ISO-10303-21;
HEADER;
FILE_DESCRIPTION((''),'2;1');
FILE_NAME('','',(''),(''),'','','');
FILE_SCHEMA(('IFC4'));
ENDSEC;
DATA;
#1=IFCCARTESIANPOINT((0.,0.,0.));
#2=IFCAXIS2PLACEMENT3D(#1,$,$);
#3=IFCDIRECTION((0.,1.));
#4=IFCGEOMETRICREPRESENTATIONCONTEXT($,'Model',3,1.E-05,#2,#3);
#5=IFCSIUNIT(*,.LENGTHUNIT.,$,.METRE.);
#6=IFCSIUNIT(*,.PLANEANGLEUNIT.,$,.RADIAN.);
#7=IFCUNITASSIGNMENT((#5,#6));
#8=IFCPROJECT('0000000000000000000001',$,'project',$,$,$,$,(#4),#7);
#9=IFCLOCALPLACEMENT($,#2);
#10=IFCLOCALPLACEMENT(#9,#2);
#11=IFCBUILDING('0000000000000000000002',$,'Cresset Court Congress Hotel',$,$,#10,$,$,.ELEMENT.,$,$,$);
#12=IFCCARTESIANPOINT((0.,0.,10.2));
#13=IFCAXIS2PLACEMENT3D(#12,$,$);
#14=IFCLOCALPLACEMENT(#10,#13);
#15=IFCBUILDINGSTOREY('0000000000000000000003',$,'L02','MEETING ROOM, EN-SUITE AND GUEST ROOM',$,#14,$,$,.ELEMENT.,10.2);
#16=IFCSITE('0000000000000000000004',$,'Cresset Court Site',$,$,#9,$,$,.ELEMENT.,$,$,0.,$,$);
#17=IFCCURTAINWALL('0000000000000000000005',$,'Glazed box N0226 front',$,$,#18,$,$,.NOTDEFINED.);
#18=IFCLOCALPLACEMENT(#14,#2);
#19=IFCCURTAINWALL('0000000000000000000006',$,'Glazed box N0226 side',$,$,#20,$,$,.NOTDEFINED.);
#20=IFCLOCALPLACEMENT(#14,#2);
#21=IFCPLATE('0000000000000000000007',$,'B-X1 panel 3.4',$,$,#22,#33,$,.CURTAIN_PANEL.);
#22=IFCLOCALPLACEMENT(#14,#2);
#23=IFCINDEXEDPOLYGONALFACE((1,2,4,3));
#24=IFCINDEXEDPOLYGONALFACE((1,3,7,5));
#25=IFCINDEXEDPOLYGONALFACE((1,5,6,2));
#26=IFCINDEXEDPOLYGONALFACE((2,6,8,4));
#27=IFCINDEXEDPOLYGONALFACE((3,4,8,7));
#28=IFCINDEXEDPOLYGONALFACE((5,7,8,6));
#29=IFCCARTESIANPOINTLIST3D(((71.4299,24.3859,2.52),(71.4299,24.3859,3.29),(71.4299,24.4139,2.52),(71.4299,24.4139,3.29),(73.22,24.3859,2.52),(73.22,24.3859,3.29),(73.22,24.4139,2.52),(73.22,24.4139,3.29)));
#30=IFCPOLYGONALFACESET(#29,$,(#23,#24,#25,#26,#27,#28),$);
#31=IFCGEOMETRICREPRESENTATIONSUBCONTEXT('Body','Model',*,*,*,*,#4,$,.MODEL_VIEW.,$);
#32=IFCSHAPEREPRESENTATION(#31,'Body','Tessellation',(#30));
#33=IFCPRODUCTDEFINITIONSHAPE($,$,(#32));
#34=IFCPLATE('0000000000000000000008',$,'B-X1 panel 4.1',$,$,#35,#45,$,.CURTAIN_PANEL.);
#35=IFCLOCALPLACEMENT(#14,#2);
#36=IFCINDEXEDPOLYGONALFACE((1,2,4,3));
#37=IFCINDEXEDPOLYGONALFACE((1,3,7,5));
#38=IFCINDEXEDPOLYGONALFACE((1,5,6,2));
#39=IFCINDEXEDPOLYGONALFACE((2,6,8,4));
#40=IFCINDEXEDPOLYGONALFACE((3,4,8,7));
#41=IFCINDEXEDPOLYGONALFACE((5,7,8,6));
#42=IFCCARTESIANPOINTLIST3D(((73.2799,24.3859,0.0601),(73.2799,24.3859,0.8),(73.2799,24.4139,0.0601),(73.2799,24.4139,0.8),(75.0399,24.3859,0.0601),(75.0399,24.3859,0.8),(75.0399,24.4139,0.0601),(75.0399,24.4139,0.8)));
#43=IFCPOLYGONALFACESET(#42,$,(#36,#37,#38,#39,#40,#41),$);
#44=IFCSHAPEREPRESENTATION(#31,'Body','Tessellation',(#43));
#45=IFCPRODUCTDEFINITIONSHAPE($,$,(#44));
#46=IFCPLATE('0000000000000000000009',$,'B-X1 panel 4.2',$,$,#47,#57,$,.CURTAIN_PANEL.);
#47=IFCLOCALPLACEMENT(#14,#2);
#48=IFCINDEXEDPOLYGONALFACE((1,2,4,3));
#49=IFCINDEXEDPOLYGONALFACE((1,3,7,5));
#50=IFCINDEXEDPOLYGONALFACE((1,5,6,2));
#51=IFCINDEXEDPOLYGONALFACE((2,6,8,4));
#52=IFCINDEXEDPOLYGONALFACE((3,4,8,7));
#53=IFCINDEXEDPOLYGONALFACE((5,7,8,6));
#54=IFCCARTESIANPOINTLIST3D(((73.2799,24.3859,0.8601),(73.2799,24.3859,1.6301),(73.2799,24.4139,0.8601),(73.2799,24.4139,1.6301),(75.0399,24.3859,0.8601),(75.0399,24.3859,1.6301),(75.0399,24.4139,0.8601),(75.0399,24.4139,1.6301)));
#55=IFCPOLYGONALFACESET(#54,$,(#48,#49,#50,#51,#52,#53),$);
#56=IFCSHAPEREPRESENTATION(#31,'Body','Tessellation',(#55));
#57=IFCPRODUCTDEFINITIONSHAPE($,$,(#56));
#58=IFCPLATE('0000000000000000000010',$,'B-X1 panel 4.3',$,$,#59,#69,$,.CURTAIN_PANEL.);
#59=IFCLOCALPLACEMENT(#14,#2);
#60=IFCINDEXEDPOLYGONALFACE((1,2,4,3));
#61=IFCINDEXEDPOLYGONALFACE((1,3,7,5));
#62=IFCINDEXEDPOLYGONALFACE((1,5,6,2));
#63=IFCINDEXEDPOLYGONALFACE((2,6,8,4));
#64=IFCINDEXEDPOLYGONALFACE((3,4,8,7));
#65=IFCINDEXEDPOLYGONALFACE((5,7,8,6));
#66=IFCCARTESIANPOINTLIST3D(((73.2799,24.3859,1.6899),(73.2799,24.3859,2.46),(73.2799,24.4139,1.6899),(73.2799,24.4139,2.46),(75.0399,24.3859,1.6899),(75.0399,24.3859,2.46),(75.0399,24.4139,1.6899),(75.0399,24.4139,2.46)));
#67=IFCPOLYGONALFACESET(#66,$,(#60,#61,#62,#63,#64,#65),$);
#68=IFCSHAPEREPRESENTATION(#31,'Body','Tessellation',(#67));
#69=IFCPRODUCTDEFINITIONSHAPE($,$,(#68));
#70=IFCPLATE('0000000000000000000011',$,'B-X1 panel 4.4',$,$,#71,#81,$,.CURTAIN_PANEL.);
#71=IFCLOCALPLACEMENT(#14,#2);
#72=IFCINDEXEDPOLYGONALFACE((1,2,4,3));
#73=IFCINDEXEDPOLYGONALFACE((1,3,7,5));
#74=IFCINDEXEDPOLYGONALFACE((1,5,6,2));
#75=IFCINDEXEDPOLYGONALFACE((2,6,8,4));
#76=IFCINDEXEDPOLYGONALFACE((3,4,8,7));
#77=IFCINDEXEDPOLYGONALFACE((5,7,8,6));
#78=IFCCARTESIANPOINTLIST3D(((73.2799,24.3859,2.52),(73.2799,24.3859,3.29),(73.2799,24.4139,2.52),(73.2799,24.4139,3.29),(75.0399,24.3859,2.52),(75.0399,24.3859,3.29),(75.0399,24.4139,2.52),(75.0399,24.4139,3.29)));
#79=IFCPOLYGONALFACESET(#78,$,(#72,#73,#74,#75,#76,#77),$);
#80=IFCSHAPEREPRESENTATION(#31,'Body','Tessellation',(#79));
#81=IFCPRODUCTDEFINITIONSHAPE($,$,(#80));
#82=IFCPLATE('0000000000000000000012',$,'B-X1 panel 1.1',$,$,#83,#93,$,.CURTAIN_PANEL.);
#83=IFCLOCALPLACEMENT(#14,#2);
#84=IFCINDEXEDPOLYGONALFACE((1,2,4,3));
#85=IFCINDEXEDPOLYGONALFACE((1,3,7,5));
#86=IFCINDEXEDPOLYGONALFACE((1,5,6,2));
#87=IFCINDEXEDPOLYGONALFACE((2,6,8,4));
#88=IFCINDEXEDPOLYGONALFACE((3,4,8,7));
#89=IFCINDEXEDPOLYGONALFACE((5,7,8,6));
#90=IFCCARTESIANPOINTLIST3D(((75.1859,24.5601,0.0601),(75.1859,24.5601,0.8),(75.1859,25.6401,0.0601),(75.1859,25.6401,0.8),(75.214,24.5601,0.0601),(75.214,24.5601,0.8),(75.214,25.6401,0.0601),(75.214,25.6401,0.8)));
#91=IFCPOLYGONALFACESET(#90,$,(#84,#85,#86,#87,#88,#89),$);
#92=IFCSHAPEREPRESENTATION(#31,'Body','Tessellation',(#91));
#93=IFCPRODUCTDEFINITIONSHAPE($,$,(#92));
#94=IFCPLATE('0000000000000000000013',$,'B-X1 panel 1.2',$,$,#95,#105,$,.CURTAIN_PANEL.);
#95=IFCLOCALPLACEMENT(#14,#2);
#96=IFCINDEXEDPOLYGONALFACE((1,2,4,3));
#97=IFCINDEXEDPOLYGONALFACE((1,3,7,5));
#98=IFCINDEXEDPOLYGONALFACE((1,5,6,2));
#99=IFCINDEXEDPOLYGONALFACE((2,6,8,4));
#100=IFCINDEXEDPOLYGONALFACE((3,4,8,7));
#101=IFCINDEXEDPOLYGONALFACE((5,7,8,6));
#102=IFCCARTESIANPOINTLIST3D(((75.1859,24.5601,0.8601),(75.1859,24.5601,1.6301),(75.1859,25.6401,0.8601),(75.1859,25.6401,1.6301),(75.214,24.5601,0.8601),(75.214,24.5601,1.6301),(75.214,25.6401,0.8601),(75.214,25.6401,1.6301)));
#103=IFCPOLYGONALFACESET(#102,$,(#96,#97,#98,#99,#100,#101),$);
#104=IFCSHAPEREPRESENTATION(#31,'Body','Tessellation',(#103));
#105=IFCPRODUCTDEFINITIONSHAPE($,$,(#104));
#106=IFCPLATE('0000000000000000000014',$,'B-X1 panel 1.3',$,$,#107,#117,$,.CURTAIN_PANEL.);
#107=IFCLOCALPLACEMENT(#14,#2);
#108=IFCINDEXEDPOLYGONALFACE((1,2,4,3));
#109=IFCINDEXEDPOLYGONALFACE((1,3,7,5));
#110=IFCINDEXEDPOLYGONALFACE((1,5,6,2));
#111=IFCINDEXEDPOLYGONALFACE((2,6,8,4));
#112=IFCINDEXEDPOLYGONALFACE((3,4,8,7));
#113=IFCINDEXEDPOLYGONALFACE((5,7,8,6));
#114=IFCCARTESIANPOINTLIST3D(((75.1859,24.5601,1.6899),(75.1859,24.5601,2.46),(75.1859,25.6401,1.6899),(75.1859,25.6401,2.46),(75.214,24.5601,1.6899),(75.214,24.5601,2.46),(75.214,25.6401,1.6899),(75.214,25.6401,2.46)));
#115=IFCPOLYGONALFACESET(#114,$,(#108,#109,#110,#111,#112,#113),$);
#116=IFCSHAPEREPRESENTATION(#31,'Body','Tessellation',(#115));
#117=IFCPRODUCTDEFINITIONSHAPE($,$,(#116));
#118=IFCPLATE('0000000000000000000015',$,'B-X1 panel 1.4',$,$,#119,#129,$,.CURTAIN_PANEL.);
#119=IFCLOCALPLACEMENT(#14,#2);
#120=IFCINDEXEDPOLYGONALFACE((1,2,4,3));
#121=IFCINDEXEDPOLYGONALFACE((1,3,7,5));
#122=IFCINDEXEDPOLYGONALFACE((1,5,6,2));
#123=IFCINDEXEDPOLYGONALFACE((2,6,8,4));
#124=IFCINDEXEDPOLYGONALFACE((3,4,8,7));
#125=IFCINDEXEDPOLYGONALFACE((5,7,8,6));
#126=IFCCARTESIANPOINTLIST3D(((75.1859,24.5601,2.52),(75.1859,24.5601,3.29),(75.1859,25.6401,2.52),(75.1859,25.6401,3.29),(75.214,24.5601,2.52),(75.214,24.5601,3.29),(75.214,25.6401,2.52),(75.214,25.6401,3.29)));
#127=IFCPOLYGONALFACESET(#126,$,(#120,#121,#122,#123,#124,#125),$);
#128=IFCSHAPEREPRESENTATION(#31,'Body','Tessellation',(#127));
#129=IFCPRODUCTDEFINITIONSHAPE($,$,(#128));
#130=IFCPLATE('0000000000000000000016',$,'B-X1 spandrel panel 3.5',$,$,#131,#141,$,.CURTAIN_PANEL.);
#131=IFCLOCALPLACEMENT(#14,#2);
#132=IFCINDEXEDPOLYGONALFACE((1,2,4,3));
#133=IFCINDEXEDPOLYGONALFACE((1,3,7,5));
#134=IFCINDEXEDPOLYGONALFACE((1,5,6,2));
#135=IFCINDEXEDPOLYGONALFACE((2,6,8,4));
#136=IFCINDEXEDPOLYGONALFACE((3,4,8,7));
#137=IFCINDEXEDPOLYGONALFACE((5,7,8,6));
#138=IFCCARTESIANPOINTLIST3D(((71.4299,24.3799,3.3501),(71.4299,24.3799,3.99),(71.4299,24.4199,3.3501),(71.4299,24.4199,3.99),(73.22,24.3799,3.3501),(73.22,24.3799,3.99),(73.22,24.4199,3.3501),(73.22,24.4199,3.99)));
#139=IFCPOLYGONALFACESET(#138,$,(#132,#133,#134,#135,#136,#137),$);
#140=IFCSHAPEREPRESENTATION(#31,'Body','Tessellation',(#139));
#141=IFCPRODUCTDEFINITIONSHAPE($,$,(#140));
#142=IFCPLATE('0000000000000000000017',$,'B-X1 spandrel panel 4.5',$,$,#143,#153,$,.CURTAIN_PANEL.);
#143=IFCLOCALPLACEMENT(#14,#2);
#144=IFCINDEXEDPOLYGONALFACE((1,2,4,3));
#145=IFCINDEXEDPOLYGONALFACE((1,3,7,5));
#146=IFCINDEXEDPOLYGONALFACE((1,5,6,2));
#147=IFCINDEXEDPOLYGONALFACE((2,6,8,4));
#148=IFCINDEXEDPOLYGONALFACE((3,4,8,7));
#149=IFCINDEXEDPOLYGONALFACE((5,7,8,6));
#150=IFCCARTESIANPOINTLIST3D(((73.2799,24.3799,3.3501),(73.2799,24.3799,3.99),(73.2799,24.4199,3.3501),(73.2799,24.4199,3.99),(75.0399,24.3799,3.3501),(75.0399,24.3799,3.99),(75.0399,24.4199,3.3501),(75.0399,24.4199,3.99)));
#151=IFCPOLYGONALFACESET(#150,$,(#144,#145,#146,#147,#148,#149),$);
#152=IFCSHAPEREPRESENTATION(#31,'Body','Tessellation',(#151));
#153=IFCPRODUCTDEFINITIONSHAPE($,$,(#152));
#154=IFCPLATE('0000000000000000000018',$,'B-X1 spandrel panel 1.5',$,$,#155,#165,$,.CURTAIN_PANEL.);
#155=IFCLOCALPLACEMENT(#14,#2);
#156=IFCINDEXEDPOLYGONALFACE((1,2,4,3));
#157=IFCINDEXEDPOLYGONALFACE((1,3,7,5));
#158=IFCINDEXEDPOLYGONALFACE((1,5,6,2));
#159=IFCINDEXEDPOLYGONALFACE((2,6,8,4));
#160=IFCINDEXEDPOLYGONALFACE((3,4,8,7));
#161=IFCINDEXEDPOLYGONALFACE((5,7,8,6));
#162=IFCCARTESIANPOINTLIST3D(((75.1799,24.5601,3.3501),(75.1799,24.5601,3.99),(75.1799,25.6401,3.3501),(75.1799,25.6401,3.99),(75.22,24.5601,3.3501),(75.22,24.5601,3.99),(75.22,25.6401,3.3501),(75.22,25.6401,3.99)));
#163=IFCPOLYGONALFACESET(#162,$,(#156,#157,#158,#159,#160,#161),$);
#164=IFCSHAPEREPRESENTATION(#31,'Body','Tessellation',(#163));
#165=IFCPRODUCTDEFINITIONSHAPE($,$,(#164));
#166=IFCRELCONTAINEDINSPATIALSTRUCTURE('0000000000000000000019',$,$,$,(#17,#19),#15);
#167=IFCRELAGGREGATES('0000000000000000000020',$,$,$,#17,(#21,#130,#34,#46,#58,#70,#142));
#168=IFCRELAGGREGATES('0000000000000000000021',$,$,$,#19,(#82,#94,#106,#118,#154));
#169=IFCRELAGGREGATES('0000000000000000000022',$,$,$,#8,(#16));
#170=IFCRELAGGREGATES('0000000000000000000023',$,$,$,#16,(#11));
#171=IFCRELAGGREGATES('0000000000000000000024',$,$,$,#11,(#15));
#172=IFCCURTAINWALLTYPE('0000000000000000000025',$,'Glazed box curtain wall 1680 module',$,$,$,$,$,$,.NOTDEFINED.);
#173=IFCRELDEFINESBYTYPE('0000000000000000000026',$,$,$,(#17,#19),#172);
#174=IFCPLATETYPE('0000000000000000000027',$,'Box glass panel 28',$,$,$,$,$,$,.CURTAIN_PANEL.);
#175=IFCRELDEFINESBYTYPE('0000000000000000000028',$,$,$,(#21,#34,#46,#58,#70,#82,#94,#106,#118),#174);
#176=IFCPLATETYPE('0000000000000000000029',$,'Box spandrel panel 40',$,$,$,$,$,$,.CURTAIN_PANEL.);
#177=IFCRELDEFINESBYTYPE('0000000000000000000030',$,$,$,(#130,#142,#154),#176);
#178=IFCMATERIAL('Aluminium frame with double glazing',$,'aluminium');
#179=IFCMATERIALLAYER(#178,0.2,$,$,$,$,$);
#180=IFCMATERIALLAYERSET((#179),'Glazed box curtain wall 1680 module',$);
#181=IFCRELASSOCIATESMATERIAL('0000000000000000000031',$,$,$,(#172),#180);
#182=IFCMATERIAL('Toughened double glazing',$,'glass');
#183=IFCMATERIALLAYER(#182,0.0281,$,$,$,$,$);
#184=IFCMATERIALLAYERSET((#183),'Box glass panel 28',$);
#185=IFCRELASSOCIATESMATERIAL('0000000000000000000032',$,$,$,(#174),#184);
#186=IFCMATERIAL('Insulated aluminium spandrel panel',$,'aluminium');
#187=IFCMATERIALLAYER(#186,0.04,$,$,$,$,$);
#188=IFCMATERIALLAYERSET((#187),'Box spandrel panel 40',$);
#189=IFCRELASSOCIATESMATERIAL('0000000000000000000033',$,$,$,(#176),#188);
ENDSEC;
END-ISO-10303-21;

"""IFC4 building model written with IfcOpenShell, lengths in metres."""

from ifc_helpers import new_model, si_unit, direction, frame, origin, origin_2d, place, context, subcontext, project, spatial, rectangle, extrude, material, layer, layer_set, type_object, element, aggregate, save


model = new_model("IFC4")

# Units and contexts
model_context = context("Model", 3, precision=1e-05, world=origin(), true_north=direction((0.0, 1.0)))
body_context = subcontext(model_context, "Body", "Model", "MODEL_VIEW")
ifc_project = project(units=[si_unit("LENGTHUNIT", "METRE"), si_unit("PLANEANGLEUNIT", "RADIAN")], contexts=[model_context])

# Site, building, storey
site_placement = place(None, origin())
site = spatial("IfcSite", under=ifc_project, at=site_placement, Name="Cresset Court Site", CompositionType="ELEMENT", RefElevation=0.0)
building_placement = place(site_placement, origin())
building = spatial("IfcBuilding", under=site, at=building_placement, Name="Cresset Court Congress Hotel", CompositionType="ELEMENT")
storey_placement = place(building_placement, frame((0.0, 0.0, 10.2)))
storey = spatial("IfcBuildingStorey", under=building, at=storey_placement, Name="L02", Description="MEETING ROOM, EN-SUITE AND GUEST ROOM", CompositionType="ELEMENT", Elevation=10.2)

# Curtain wall
ifc_material_1 = material(Name="Aluminium frame with double glazing", Category="aluminium")
ifc_layer_1 = layer(ifc_material_1, 0.2)
ifc_layer_set_1 = layer_set([ifc_layer_1], Name="Glazed box curtain wall 1680 module")
curtain_wall_type = type_object("IfcCurtainWallType", Name="Glazed box curtain wall 1680 module", PredefinedType="NOTDEFINED", material=ifc_layer_set_1)
curtain_wall_1_placement = place(storey_placement, origin())
curtain_wall_1 = element("IfcCurtainWall", 1, at=curtain_wall_1_placement, inside=storey, type_object=curtain_wall_type, Name="Glazed box N0226 front", PredefinedType="NOTDEFINED")

# Curtain wall
curtain_wall_2_placement = place(storey_placement, origin())
curtain_wall_2 = element("IfcCurtainWall", 2, at=curtain_wall_2_placement, inside=storey, type_object=curtain_wall_type, Name="Glazed box N0226 side", PredefinedType="NOTDEFINED")

# Plates
ifc_material_2 = material(Name="Toughened double glazing", Category="glass")
ifc_layer_2 = layer(ifc_material_2, 0.0281)
ifc_layer_set_2 = layer_set([ifc_layer_2], Name="Box glass panel 28")
plate_type_1 = type_object("IfcPlateType", Name="Box glass panel 28", PredefinedType="CURTAIN_PANEL", material=ifc_layer_set_2)
plate_1_placement = place(storey_placement, frame((72.325, 24.3999, 2.52), z_axis=(0.0, 0.0, 1.0), x_axis=(1.0, 0.0, 0.0)))
plate_1 = element("IfcPlate", 3, at=plate_1_placement, type_object=plate_type_1, Name="B-X1 panel 3.4", PredefinedType="CURTAIN_PANEL", context=body_context, shape_type="SweptSolid", body=[
    extrude(rectangle(XDim=1.79, YDim=0.0281, at=origin_2d()), origin(), (0.0, 0.0, 1.0), 0.77),
])
plate_2_placement = place(storey_placement, frame((74.1599, 24.3999, 0.0601), z_axis=(0.0, 0.0, 1.0), x_axis=(1.0, 0.0, 0.0)))
plate_2 = element("IfcPlate", 4, at=plate_2_placement, type_object=plate_type_1, Name="B-X1 panel 4.1", PredefinedType="CURTAIN_PANEL", context=body_context, shape_type="SweptSolid", body=[
    extrude(rectangle(XDim=1.76, YDim=0.0281, at=origin_2d()), origin(), (0.0, 0.0, 1.0), 0.74),
])
plate_3_placement = place(storey_placement, frame((74.1599, 24.3999, 0.8601), z_axis=(0.0, 0.0, 1.0), x_axis=(1.0, 0.0, 0.0)))
plate_3 = element("IfcPlate", 5, at=plate_3_placement, type_object=plate_type_1, Name="B-X1 panel 4.2", PredefinedType="CURTAIN_PANEL", context=body_context, shape_type="SweptSolid", body=[
    extrude(rectangle(XDim=1.76, YDim=0.0281, at=origin_2d()), origin(), (0.0, 0.0, 1.0), 0.77),
])
plate_4_placement = place(storey_placement, frame((74.1599, 24.3999, 1.6899), z_axis=(0.0, 0.0, 1.0), x_axis=(1.0, 0.0, 0.0)))
plate_4 = element("IfcPlate", 6, at=plate_4_placement, type_object=plate_type_1, Name="B-X1 panel 4.3", PredefinedType="CURTAIN_PANEL", context=body_context, shape_type="SweptSolid", body=[
    extrude(rectangle(XDim=1.76, YDim=0.0281, at=origin_2d()), origin(), (0.0, 0.0, 1.0), 0.77),
])
plate_5_placement = place(storey_placement, frame((74.1599, 24.3999, 2.52), z_axis=(0.0, 0.0, 1.0), x_axis=(1.0, 0.0, 0.0)))
plate_5 = element("IfcPlate", 7, at=plate_5_placement, type_object=plate_type_1, Name="B-X1 panel 4.4", PredefinedType="CURTAIN_PANEL", context=body_context, shape_type="SweptSolid", body=[
    extrude(rectangle(XDim=1.76, YDim=0.0281, at=origin_2d()), origin(), (0.0, 0.0, 1.0), 0.77),
])
plate_6_placement = place(storey_placement, frame((75.2, 25.1001, 0.0601), z_axis=(0.0, 0.0, 1.0), x_axis=(0.0, -1.0, 0.0)))
plate_6 = element("IfcPlate", 8, at=plate_6_placement, type_object=plate_type_1, Name="B-X1 panel 1.1", PredefinedType="CURTAIN_PANEL", context=body_context, shape_type="SweptSolid", body=[
    extrude(rectangle(XDim=1.0801, YDim=0.0281, at=origin_2d()), origin(), (0.0, 0.0, 1.0), 0.74),
])
plate_7_placement = place(storey_placement, frame((75.2, 25.1001, 0.8601), z_axis=(0.0, 0.0, 1.0), x_axis=(0.0, -1.0, 0.0)))
plate_7 = element("IfcPlate", 9, at=plate_7_placement, type_object=plate_type_1, Name="B-X1 panel 1.2", PredefinedType="CURTAIN_PANEL", context=body_context, shape_type="SweptSolid", body=[
    extrude(rectangle(XDim=1.0801, YDim=0.0281, at=origin_2d()), origin(), (0.0, 0.0, 1.0), 0.77),
])
plate_8_placement = place(storey_placement, frame((75.2, 25.1001, 1.6899), z_axis=(0.0, 0.0, 1.0), x_axis=(0.0, -1.0, 0.0)))
plate_8 = element("IfcPlate", 10, at=plate_8_placement, type_object=plate_type_1, Name="B-X1 panel 1.3", PredefinedType="CURTAIN_PANEL", context=body_context, shape_type="SweptSolid", body=[
    extrude(rectangle(XDim=1.0801, YDim=0.0281, at=origin_2d()), origin(), (0.0, 0.0, 1.0), 0.77),
])
plate_9_placement = place(storey_placement, frame((75.2, 25.1001, 2.52), z_axis=(0.0, 0.0, 1.0), x_axis=(0.0, -1.0, 0.0)))
plate_9 = element("IfcPlate", 11, at=plate_9_placement, type_object=plate_type_1, Name="B-X1 panel 1.4", PredefinedType="CURTAIN_PANEL", context=body_context, shape_type="SweptSolid", body=[
    extrude(rectangle(XDim=1.0801, YDim=0.0281, at=origin_2d()), origin(), (0.0, 0.0, 1.0), 0.77),
])
ifc_material_3 = material(Name="Insulated aluminium spandrel panel", Category="aluminium")
ifc_layer_3 = layer(ifc_material_3, 0.04)
ifc_layer_set_3 = layer_set([ifc_layer_3], Name="Box spandrel panel 40")
plate_type_2 = type_object("IfcPlateType", Name="Box spandrel panel 40", PredefinedType="CURTAIN_PANEL", material=ifc_layer_set_3)
plate_10_placement = place(storey_placement, frame((72.325, 24.3999, 3.3501), z_axis=(0.0, 0.0, 1.0), x_axis=(1.0, 0.0, 0.0)))
plate_10 = element("IfcPlate", 12, at=plate_10_placement, type_object=plate_type_2, Name="B-X1 spandrel panel 3.5", PredefinedType="CURTAIN_PANEL", context=body_context, shape_type="SweptSolid", body=[
    extrude(rectangle(XDim=1.79, YDim=0.04, at=origin_2d()), origin(), (0.0, 0.0, 1.0), 0.6399),
])
plate_11_placement = place(storey_placement, frame((74.1599, 24.3999, 3.3501), z_axis=(0.0, 0.0, 1.0), x_axis=(1.0, 0.0, 0.0)))
plate_11 = element("IfcPlate", 13, at=plate_11_placement, type_object=plate_type_2, Name="B-X1 spandrel panel 4.5", PredefinedType="CURTAIN_PANEL", context=body_context, shape_type="SweptSolid", body=[
    extrude(rectangle(XDim=1.76, YDim=0.04, at=origin_2d()), origin(), (0.0, 0.0, 1.0), 0.6399),
])
aggregate(curtain_wall_1, [plate_1, plate_10, plate_2, plate_3, plate_4, plate_5, plate_11])
plate_12_placement = place(storey_placement, frame((75.2, 25.1001, 3.3501), z_axis=(0.0, 0.0, 1.0), x_axis=(0.0, -1.0, 0.0)))
plate_12 = element("IfcPlate", 14, at=plate_12_placement, type_object=plate_type_2, Name="B-X1 spandrel panel 1.5", PredefinedType="CURTAIN_PANEL", context=body_context, shape_type="SweptSolid", body=[
    extrude(rectangle(XDim=1.0801, YDim=0.04, at=origin_2d()), origin(), (0.0, 0.0, 1.0), 0.6399),
])
aggregate(curtain_wall_2, [plate_6, plate_7, plate_8, plate_9, plate_12])

save(model, "model.ifc")
